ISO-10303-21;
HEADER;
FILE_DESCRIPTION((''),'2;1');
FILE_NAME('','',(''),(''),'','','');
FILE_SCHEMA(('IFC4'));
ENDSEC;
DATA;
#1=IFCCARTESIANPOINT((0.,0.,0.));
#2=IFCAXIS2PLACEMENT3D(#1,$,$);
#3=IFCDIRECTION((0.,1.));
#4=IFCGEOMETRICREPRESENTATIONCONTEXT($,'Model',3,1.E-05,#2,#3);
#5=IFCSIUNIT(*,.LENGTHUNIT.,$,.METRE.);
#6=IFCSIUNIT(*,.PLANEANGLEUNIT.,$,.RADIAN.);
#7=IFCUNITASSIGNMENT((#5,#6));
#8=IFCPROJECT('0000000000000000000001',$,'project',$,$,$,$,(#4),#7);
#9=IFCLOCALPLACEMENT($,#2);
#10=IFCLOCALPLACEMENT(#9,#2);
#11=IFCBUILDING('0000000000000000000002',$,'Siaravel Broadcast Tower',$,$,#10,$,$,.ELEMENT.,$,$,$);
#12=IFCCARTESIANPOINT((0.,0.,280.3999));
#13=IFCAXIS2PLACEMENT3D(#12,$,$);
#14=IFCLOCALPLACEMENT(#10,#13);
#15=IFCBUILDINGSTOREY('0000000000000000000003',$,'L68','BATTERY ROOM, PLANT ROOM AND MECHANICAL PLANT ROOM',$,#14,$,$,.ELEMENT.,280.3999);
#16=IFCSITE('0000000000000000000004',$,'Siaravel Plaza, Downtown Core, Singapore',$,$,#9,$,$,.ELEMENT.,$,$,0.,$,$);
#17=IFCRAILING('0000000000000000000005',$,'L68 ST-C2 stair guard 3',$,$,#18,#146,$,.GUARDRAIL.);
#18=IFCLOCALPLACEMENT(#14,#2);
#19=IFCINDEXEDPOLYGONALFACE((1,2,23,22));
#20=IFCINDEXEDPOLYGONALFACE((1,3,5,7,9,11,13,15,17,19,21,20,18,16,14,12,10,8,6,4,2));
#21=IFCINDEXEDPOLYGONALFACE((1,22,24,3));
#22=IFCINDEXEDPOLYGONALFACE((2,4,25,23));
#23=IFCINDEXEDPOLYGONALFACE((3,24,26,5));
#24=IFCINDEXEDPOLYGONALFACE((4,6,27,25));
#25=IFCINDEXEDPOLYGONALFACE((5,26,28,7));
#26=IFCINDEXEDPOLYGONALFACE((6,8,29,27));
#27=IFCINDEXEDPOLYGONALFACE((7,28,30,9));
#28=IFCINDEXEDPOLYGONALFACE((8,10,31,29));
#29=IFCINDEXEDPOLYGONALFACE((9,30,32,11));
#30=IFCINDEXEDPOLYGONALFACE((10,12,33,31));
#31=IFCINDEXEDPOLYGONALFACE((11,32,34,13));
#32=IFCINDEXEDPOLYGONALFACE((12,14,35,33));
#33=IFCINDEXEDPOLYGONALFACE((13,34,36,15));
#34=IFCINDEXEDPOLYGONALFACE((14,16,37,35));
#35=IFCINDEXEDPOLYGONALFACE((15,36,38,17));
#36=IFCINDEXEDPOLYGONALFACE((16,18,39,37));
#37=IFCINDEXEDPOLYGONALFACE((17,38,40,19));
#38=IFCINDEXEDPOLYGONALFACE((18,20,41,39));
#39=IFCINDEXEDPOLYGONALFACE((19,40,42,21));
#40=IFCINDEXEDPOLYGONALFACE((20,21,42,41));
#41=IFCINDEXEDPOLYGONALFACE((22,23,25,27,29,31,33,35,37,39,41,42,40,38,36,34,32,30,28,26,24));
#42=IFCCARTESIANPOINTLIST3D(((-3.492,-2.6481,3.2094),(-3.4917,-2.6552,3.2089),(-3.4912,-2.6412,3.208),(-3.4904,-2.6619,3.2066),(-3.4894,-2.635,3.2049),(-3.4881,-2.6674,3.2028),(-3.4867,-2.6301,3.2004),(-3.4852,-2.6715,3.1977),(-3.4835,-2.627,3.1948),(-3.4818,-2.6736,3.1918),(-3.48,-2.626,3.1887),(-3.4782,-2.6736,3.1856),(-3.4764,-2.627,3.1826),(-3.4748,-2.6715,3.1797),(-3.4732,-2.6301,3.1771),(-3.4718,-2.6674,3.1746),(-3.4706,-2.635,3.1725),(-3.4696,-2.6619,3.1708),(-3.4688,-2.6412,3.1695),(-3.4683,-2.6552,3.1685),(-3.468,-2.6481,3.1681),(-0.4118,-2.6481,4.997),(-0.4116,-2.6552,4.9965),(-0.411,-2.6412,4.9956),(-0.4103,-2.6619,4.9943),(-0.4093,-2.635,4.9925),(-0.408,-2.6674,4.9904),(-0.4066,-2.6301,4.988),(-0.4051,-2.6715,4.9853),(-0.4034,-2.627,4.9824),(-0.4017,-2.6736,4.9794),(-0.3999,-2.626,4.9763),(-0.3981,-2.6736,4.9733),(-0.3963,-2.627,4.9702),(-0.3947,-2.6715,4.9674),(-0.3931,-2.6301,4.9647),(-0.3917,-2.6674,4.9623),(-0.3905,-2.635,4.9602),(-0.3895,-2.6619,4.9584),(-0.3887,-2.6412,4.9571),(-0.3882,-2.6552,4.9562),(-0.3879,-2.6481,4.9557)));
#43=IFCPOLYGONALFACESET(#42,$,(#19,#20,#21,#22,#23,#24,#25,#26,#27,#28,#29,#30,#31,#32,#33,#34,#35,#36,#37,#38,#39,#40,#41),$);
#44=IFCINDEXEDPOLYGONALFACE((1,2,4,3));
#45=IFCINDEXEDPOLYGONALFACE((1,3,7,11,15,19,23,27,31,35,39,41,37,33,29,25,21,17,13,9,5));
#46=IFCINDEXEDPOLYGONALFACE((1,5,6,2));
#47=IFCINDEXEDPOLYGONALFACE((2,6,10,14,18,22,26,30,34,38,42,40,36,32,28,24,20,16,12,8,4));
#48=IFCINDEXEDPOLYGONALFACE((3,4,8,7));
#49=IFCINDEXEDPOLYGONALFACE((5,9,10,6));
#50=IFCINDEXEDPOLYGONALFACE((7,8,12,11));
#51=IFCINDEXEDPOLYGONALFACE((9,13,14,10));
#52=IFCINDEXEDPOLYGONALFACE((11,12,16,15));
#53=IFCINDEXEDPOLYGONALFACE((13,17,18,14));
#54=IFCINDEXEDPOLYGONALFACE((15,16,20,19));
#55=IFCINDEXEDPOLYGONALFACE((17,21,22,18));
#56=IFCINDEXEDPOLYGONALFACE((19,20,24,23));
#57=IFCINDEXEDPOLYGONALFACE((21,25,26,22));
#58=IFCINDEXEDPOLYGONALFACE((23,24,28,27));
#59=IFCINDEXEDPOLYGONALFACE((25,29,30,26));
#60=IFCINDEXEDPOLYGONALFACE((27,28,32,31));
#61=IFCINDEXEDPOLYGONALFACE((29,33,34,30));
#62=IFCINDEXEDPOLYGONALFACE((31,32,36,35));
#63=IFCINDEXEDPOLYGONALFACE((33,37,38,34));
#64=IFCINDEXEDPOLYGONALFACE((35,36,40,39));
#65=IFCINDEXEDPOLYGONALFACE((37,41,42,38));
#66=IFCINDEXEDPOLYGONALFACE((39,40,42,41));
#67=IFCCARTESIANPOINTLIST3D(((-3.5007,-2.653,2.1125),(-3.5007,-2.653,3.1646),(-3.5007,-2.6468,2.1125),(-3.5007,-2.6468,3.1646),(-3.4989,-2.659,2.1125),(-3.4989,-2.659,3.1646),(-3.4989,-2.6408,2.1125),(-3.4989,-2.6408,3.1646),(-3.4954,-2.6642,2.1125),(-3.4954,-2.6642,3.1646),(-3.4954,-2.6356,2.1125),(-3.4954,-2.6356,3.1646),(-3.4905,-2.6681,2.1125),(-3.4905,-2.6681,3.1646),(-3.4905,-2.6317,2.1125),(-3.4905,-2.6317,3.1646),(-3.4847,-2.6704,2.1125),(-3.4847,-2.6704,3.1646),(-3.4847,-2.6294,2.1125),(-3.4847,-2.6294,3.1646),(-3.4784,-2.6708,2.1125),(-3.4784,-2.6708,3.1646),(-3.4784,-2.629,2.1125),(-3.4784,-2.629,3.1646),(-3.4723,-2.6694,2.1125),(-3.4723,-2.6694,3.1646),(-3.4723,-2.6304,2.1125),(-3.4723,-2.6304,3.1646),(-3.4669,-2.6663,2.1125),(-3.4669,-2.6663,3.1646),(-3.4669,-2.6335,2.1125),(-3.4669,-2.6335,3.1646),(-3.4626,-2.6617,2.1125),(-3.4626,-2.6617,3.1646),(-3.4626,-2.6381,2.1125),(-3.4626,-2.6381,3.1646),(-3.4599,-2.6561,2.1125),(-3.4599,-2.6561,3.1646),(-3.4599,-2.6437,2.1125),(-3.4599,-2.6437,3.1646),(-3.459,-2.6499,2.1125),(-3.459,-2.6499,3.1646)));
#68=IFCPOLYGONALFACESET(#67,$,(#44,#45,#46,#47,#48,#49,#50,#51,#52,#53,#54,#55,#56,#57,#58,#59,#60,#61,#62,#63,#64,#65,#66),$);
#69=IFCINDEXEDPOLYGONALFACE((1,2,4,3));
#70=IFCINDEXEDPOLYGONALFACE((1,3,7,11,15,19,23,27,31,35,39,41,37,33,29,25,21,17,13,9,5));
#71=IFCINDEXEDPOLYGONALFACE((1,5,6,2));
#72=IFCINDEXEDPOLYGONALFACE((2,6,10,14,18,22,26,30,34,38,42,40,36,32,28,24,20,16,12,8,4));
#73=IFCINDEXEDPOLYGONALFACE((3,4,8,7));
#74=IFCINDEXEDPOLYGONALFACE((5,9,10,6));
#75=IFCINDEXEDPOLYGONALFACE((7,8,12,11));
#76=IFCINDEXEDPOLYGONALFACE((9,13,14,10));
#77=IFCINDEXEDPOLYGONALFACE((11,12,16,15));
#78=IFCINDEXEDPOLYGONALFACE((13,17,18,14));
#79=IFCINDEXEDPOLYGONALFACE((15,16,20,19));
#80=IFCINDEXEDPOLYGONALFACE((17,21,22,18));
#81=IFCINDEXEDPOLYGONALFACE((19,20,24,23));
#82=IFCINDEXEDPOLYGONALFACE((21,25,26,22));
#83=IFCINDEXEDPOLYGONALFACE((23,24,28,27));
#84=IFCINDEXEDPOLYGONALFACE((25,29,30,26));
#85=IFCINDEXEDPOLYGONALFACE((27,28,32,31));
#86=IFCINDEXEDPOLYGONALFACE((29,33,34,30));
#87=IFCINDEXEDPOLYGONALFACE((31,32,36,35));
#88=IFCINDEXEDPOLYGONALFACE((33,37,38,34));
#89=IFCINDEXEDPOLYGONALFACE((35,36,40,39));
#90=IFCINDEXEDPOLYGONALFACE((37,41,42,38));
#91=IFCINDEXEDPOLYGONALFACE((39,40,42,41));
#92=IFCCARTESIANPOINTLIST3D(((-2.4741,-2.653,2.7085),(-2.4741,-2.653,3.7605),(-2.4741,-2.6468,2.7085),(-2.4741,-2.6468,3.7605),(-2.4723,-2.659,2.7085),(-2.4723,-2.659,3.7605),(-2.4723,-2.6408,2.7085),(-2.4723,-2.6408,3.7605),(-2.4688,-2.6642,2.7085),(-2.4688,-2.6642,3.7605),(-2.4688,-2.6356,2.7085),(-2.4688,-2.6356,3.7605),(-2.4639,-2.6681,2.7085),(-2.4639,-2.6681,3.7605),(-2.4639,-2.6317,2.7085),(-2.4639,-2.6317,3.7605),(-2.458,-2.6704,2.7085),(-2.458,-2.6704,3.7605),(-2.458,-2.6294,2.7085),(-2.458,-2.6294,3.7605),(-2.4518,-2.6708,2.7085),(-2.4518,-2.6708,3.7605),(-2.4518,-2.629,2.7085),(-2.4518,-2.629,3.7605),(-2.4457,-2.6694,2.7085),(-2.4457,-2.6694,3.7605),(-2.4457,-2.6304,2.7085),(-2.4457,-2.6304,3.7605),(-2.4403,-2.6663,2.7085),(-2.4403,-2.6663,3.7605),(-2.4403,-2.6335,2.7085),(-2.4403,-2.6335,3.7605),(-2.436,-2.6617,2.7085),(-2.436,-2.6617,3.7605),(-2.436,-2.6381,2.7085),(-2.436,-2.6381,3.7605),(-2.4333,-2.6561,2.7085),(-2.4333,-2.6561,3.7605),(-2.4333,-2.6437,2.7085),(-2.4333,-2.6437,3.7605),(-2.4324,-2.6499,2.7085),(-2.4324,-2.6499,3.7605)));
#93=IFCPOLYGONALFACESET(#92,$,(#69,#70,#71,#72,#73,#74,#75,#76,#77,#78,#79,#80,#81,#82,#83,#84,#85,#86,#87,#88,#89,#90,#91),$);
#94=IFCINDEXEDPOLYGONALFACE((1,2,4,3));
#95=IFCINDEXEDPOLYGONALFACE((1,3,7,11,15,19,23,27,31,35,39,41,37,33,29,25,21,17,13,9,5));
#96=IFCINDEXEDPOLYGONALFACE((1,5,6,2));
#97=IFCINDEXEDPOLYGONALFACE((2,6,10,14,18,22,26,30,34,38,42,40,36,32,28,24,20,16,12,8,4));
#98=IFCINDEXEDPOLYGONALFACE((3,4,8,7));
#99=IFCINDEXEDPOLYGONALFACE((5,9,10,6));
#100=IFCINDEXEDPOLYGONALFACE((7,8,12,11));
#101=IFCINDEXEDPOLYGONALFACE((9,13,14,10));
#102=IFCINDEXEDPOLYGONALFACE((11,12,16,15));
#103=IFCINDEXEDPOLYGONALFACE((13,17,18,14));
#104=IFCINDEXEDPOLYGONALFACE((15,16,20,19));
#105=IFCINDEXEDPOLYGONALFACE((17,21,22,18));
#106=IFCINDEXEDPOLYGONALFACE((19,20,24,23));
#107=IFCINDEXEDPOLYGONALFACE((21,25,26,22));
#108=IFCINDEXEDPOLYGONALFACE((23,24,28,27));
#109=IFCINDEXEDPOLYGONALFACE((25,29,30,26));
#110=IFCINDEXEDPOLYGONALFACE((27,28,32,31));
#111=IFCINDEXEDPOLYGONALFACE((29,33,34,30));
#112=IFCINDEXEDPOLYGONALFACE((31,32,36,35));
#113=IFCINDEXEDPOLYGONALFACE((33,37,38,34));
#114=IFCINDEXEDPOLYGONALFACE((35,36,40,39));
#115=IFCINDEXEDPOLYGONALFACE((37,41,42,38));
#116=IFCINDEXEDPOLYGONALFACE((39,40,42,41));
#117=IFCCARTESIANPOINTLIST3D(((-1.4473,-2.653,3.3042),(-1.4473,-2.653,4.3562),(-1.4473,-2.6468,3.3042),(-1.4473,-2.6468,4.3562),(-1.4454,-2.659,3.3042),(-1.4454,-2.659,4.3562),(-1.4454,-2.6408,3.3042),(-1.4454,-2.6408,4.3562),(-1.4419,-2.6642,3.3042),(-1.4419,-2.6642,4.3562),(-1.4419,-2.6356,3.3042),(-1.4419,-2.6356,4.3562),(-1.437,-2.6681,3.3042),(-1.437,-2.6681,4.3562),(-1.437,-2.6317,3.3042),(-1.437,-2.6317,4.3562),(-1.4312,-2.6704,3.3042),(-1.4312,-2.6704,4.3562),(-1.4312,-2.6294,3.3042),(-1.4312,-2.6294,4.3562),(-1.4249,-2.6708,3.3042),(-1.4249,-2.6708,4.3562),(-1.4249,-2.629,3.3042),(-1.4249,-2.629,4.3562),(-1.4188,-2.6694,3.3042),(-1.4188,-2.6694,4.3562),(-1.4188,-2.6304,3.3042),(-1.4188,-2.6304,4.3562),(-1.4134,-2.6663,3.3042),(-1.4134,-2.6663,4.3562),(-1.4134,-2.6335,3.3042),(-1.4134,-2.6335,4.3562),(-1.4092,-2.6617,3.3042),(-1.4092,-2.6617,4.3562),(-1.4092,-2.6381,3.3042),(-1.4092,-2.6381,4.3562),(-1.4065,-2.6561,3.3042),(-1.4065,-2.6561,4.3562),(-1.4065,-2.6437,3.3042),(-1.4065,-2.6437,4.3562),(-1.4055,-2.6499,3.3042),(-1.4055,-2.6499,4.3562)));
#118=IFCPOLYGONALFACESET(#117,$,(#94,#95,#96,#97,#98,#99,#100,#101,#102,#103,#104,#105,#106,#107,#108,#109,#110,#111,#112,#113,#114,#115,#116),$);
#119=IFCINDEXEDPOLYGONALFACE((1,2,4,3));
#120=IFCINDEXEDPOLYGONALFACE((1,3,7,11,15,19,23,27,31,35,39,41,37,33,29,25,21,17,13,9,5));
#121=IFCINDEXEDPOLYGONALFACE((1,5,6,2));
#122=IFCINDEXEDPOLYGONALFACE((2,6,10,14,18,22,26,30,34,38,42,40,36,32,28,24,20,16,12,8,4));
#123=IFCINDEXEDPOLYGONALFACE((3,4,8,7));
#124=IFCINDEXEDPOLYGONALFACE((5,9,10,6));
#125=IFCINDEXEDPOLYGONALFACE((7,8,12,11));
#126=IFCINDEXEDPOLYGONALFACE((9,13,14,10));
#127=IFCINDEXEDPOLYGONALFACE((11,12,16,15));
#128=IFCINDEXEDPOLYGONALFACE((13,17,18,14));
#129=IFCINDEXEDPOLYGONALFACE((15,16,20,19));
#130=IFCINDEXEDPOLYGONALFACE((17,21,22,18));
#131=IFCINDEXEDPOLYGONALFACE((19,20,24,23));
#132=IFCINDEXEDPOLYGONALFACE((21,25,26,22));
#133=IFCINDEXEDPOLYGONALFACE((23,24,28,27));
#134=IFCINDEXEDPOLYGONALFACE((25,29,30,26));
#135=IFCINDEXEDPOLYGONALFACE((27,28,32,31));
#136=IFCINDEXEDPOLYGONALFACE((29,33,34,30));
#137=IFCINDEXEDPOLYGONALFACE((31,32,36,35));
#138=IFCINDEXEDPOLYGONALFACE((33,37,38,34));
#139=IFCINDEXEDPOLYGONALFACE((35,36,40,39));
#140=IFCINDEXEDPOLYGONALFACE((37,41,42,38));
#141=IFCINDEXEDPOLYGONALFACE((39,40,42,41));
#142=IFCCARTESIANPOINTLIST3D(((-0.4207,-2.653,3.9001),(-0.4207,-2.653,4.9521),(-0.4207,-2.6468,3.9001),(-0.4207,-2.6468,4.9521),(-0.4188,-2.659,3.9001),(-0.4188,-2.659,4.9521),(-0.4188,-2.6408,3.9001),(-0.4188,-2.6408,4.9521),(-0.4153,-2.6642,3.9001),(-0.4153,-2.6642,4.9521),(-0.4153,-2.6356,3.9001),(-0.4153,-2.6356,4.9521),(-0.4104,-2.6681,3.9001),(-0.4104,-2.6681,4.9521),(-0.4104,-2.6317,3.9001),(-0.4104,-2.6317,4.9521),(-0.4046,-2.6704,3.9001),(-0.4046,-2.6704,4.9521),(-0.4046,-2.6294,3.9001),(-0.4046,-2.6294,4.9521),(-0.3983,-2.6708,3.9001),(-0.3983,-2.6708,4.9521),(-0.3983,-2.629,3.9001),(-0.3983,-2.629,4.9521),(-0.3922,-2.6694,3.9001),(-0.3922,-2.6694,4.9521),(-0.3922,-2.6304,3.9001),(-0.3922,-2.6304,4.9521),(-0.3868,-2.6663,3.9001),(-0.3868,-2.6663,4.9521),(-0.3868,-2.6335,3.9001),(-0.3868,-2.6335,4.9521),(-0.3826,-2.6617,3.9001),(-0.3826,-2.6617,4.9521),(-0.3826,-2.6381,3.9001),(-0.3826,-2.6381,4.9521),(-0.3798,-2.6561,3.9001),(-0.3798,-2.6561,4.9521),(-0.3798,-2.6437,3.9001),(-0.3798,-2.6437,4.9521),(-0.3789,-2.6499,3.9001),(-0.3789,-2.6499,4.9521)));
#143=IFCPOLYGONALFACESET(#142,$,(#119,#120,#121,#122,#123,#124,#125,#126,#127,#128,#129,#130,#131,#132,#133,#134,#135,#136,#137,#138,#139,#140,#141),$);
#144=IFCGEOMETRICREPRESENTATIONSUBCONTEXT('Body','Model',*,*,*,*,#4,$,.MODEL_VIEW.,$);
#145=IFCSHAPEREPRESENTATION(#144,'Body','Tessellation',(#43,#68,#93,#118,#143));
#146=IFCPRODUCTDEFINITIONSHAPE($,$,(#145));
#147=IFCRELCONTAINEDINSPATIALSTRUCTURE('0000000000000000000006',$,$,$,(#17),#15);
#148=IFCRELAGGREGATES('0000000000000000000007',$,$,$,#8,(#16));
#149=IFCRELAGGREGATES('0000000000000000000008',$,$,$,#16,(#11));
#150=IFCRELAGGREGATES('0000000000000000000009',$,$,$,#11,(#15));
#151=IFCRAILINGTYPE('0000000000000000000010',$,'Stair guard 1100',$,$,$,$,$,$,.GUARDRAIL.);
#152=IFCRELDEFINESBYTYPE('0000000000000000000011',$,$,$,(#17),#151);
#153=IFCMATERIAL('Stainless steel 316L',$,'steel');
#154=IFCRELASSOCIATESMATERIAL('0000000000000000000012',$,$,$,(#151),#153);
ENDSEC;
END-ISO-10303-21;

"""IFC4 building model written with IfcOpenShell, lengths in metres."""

from ifc_helpers import new_model, si_unit, direction, frame, origin, origin_2d, place, context, subcontext, project, spatial, circle, extrude, material, type_object, element, save


model = new_model("IFC4")

# Units and contexts
model_context = context("Model", 3, precision=1e-05, world=origin(), true_north=direction((0.0, 1.0)))
body_context = subcontext(model_context, "Body", "Model", "MODEL_VIEW")
ifc_project = project(units=[si_unit("LENGTHUNIT", "METRE"), si_unit("PLANEANGLEUNIT", "RADIAN")], contexts=[model_context])

# Site, building, storey
site_placement = place(None, origin())
site = spatial("IfcSite", under=ifc_project, at=site_placement, Name="Siaravel Plaza, Downtown Core, Singapore", CompositionType="ELEMENT", RefElevation=0.0)
building_placement = place(site_placement, origin())
building = spatial("IfcBuilding", under=site, at=building_placement, Name="Siaravel Broadcast Tower", CompositionType="ELEMENT")
storey_placement = place(building_placement, frame((0.0, 0.0, 280.3999)))
storey = spatial("IfcBuildingStorey", under=building, at=storey_placement, Name="L68", Description="BATTERY ROOM, PLANT ROOM AND MECHANICAL PLANT ROOM", CompositionType="ELEMENT", Elevation=280.3999)

# Shared definitions
ifc_material_1 = material(Name="Stainless steel 316L", Category="steel")

# Railing
railing_type_1 = type_object("IfcRailingType", Name="Stair guard 1100", PredefinedType="GUARDRAIL", material=ifc_material_1)
railing_1_placement = place(storey_placement, frame((-3.48, -2.6499, 2.1125)))
element("IfcRailing", 1, at=railing_1_placement, inside=storey, type_object=railing_type_1, Name="L68 ST-C2 stair guard 3", PredefinedType="GUARDRAIL", context=body_context, shape_type="SweptSolid", body=[
    extrude(circle(Radius=0.0239, at=origin_2d()), frame((0.0, 0.0, 1.0762), z_axis=(0.864891, 0.0, 0.50196), x_axis=(0.0, 1.0, 0.0)), (0.0, 0.0, 1.0), 3.5613),
    extrude(circle(Radius=0.021, at=origin_2d()), origin(), (0.0, 0.0, 1.0), 1.052),
    extrude(circle(Radius=0.021, at=origin_2d()), frame((1.0266, 0.0, 0.5959)), (0.0, 0.0, 1.0), 1.052),
    extrude(circle(Radius=0.021, at=origin_2d()), frame((2.0535, 0.0, 1.1917)), (0.0, 0.0, 1.0), 1.052),
    extrude(circle(Radius=0.021, at=origin_2d()), frame((3.0801, 0.0, 1.7876)), (0.0, 0.0, 1.0), 1.052),
])

save(model, "model.ifc")
